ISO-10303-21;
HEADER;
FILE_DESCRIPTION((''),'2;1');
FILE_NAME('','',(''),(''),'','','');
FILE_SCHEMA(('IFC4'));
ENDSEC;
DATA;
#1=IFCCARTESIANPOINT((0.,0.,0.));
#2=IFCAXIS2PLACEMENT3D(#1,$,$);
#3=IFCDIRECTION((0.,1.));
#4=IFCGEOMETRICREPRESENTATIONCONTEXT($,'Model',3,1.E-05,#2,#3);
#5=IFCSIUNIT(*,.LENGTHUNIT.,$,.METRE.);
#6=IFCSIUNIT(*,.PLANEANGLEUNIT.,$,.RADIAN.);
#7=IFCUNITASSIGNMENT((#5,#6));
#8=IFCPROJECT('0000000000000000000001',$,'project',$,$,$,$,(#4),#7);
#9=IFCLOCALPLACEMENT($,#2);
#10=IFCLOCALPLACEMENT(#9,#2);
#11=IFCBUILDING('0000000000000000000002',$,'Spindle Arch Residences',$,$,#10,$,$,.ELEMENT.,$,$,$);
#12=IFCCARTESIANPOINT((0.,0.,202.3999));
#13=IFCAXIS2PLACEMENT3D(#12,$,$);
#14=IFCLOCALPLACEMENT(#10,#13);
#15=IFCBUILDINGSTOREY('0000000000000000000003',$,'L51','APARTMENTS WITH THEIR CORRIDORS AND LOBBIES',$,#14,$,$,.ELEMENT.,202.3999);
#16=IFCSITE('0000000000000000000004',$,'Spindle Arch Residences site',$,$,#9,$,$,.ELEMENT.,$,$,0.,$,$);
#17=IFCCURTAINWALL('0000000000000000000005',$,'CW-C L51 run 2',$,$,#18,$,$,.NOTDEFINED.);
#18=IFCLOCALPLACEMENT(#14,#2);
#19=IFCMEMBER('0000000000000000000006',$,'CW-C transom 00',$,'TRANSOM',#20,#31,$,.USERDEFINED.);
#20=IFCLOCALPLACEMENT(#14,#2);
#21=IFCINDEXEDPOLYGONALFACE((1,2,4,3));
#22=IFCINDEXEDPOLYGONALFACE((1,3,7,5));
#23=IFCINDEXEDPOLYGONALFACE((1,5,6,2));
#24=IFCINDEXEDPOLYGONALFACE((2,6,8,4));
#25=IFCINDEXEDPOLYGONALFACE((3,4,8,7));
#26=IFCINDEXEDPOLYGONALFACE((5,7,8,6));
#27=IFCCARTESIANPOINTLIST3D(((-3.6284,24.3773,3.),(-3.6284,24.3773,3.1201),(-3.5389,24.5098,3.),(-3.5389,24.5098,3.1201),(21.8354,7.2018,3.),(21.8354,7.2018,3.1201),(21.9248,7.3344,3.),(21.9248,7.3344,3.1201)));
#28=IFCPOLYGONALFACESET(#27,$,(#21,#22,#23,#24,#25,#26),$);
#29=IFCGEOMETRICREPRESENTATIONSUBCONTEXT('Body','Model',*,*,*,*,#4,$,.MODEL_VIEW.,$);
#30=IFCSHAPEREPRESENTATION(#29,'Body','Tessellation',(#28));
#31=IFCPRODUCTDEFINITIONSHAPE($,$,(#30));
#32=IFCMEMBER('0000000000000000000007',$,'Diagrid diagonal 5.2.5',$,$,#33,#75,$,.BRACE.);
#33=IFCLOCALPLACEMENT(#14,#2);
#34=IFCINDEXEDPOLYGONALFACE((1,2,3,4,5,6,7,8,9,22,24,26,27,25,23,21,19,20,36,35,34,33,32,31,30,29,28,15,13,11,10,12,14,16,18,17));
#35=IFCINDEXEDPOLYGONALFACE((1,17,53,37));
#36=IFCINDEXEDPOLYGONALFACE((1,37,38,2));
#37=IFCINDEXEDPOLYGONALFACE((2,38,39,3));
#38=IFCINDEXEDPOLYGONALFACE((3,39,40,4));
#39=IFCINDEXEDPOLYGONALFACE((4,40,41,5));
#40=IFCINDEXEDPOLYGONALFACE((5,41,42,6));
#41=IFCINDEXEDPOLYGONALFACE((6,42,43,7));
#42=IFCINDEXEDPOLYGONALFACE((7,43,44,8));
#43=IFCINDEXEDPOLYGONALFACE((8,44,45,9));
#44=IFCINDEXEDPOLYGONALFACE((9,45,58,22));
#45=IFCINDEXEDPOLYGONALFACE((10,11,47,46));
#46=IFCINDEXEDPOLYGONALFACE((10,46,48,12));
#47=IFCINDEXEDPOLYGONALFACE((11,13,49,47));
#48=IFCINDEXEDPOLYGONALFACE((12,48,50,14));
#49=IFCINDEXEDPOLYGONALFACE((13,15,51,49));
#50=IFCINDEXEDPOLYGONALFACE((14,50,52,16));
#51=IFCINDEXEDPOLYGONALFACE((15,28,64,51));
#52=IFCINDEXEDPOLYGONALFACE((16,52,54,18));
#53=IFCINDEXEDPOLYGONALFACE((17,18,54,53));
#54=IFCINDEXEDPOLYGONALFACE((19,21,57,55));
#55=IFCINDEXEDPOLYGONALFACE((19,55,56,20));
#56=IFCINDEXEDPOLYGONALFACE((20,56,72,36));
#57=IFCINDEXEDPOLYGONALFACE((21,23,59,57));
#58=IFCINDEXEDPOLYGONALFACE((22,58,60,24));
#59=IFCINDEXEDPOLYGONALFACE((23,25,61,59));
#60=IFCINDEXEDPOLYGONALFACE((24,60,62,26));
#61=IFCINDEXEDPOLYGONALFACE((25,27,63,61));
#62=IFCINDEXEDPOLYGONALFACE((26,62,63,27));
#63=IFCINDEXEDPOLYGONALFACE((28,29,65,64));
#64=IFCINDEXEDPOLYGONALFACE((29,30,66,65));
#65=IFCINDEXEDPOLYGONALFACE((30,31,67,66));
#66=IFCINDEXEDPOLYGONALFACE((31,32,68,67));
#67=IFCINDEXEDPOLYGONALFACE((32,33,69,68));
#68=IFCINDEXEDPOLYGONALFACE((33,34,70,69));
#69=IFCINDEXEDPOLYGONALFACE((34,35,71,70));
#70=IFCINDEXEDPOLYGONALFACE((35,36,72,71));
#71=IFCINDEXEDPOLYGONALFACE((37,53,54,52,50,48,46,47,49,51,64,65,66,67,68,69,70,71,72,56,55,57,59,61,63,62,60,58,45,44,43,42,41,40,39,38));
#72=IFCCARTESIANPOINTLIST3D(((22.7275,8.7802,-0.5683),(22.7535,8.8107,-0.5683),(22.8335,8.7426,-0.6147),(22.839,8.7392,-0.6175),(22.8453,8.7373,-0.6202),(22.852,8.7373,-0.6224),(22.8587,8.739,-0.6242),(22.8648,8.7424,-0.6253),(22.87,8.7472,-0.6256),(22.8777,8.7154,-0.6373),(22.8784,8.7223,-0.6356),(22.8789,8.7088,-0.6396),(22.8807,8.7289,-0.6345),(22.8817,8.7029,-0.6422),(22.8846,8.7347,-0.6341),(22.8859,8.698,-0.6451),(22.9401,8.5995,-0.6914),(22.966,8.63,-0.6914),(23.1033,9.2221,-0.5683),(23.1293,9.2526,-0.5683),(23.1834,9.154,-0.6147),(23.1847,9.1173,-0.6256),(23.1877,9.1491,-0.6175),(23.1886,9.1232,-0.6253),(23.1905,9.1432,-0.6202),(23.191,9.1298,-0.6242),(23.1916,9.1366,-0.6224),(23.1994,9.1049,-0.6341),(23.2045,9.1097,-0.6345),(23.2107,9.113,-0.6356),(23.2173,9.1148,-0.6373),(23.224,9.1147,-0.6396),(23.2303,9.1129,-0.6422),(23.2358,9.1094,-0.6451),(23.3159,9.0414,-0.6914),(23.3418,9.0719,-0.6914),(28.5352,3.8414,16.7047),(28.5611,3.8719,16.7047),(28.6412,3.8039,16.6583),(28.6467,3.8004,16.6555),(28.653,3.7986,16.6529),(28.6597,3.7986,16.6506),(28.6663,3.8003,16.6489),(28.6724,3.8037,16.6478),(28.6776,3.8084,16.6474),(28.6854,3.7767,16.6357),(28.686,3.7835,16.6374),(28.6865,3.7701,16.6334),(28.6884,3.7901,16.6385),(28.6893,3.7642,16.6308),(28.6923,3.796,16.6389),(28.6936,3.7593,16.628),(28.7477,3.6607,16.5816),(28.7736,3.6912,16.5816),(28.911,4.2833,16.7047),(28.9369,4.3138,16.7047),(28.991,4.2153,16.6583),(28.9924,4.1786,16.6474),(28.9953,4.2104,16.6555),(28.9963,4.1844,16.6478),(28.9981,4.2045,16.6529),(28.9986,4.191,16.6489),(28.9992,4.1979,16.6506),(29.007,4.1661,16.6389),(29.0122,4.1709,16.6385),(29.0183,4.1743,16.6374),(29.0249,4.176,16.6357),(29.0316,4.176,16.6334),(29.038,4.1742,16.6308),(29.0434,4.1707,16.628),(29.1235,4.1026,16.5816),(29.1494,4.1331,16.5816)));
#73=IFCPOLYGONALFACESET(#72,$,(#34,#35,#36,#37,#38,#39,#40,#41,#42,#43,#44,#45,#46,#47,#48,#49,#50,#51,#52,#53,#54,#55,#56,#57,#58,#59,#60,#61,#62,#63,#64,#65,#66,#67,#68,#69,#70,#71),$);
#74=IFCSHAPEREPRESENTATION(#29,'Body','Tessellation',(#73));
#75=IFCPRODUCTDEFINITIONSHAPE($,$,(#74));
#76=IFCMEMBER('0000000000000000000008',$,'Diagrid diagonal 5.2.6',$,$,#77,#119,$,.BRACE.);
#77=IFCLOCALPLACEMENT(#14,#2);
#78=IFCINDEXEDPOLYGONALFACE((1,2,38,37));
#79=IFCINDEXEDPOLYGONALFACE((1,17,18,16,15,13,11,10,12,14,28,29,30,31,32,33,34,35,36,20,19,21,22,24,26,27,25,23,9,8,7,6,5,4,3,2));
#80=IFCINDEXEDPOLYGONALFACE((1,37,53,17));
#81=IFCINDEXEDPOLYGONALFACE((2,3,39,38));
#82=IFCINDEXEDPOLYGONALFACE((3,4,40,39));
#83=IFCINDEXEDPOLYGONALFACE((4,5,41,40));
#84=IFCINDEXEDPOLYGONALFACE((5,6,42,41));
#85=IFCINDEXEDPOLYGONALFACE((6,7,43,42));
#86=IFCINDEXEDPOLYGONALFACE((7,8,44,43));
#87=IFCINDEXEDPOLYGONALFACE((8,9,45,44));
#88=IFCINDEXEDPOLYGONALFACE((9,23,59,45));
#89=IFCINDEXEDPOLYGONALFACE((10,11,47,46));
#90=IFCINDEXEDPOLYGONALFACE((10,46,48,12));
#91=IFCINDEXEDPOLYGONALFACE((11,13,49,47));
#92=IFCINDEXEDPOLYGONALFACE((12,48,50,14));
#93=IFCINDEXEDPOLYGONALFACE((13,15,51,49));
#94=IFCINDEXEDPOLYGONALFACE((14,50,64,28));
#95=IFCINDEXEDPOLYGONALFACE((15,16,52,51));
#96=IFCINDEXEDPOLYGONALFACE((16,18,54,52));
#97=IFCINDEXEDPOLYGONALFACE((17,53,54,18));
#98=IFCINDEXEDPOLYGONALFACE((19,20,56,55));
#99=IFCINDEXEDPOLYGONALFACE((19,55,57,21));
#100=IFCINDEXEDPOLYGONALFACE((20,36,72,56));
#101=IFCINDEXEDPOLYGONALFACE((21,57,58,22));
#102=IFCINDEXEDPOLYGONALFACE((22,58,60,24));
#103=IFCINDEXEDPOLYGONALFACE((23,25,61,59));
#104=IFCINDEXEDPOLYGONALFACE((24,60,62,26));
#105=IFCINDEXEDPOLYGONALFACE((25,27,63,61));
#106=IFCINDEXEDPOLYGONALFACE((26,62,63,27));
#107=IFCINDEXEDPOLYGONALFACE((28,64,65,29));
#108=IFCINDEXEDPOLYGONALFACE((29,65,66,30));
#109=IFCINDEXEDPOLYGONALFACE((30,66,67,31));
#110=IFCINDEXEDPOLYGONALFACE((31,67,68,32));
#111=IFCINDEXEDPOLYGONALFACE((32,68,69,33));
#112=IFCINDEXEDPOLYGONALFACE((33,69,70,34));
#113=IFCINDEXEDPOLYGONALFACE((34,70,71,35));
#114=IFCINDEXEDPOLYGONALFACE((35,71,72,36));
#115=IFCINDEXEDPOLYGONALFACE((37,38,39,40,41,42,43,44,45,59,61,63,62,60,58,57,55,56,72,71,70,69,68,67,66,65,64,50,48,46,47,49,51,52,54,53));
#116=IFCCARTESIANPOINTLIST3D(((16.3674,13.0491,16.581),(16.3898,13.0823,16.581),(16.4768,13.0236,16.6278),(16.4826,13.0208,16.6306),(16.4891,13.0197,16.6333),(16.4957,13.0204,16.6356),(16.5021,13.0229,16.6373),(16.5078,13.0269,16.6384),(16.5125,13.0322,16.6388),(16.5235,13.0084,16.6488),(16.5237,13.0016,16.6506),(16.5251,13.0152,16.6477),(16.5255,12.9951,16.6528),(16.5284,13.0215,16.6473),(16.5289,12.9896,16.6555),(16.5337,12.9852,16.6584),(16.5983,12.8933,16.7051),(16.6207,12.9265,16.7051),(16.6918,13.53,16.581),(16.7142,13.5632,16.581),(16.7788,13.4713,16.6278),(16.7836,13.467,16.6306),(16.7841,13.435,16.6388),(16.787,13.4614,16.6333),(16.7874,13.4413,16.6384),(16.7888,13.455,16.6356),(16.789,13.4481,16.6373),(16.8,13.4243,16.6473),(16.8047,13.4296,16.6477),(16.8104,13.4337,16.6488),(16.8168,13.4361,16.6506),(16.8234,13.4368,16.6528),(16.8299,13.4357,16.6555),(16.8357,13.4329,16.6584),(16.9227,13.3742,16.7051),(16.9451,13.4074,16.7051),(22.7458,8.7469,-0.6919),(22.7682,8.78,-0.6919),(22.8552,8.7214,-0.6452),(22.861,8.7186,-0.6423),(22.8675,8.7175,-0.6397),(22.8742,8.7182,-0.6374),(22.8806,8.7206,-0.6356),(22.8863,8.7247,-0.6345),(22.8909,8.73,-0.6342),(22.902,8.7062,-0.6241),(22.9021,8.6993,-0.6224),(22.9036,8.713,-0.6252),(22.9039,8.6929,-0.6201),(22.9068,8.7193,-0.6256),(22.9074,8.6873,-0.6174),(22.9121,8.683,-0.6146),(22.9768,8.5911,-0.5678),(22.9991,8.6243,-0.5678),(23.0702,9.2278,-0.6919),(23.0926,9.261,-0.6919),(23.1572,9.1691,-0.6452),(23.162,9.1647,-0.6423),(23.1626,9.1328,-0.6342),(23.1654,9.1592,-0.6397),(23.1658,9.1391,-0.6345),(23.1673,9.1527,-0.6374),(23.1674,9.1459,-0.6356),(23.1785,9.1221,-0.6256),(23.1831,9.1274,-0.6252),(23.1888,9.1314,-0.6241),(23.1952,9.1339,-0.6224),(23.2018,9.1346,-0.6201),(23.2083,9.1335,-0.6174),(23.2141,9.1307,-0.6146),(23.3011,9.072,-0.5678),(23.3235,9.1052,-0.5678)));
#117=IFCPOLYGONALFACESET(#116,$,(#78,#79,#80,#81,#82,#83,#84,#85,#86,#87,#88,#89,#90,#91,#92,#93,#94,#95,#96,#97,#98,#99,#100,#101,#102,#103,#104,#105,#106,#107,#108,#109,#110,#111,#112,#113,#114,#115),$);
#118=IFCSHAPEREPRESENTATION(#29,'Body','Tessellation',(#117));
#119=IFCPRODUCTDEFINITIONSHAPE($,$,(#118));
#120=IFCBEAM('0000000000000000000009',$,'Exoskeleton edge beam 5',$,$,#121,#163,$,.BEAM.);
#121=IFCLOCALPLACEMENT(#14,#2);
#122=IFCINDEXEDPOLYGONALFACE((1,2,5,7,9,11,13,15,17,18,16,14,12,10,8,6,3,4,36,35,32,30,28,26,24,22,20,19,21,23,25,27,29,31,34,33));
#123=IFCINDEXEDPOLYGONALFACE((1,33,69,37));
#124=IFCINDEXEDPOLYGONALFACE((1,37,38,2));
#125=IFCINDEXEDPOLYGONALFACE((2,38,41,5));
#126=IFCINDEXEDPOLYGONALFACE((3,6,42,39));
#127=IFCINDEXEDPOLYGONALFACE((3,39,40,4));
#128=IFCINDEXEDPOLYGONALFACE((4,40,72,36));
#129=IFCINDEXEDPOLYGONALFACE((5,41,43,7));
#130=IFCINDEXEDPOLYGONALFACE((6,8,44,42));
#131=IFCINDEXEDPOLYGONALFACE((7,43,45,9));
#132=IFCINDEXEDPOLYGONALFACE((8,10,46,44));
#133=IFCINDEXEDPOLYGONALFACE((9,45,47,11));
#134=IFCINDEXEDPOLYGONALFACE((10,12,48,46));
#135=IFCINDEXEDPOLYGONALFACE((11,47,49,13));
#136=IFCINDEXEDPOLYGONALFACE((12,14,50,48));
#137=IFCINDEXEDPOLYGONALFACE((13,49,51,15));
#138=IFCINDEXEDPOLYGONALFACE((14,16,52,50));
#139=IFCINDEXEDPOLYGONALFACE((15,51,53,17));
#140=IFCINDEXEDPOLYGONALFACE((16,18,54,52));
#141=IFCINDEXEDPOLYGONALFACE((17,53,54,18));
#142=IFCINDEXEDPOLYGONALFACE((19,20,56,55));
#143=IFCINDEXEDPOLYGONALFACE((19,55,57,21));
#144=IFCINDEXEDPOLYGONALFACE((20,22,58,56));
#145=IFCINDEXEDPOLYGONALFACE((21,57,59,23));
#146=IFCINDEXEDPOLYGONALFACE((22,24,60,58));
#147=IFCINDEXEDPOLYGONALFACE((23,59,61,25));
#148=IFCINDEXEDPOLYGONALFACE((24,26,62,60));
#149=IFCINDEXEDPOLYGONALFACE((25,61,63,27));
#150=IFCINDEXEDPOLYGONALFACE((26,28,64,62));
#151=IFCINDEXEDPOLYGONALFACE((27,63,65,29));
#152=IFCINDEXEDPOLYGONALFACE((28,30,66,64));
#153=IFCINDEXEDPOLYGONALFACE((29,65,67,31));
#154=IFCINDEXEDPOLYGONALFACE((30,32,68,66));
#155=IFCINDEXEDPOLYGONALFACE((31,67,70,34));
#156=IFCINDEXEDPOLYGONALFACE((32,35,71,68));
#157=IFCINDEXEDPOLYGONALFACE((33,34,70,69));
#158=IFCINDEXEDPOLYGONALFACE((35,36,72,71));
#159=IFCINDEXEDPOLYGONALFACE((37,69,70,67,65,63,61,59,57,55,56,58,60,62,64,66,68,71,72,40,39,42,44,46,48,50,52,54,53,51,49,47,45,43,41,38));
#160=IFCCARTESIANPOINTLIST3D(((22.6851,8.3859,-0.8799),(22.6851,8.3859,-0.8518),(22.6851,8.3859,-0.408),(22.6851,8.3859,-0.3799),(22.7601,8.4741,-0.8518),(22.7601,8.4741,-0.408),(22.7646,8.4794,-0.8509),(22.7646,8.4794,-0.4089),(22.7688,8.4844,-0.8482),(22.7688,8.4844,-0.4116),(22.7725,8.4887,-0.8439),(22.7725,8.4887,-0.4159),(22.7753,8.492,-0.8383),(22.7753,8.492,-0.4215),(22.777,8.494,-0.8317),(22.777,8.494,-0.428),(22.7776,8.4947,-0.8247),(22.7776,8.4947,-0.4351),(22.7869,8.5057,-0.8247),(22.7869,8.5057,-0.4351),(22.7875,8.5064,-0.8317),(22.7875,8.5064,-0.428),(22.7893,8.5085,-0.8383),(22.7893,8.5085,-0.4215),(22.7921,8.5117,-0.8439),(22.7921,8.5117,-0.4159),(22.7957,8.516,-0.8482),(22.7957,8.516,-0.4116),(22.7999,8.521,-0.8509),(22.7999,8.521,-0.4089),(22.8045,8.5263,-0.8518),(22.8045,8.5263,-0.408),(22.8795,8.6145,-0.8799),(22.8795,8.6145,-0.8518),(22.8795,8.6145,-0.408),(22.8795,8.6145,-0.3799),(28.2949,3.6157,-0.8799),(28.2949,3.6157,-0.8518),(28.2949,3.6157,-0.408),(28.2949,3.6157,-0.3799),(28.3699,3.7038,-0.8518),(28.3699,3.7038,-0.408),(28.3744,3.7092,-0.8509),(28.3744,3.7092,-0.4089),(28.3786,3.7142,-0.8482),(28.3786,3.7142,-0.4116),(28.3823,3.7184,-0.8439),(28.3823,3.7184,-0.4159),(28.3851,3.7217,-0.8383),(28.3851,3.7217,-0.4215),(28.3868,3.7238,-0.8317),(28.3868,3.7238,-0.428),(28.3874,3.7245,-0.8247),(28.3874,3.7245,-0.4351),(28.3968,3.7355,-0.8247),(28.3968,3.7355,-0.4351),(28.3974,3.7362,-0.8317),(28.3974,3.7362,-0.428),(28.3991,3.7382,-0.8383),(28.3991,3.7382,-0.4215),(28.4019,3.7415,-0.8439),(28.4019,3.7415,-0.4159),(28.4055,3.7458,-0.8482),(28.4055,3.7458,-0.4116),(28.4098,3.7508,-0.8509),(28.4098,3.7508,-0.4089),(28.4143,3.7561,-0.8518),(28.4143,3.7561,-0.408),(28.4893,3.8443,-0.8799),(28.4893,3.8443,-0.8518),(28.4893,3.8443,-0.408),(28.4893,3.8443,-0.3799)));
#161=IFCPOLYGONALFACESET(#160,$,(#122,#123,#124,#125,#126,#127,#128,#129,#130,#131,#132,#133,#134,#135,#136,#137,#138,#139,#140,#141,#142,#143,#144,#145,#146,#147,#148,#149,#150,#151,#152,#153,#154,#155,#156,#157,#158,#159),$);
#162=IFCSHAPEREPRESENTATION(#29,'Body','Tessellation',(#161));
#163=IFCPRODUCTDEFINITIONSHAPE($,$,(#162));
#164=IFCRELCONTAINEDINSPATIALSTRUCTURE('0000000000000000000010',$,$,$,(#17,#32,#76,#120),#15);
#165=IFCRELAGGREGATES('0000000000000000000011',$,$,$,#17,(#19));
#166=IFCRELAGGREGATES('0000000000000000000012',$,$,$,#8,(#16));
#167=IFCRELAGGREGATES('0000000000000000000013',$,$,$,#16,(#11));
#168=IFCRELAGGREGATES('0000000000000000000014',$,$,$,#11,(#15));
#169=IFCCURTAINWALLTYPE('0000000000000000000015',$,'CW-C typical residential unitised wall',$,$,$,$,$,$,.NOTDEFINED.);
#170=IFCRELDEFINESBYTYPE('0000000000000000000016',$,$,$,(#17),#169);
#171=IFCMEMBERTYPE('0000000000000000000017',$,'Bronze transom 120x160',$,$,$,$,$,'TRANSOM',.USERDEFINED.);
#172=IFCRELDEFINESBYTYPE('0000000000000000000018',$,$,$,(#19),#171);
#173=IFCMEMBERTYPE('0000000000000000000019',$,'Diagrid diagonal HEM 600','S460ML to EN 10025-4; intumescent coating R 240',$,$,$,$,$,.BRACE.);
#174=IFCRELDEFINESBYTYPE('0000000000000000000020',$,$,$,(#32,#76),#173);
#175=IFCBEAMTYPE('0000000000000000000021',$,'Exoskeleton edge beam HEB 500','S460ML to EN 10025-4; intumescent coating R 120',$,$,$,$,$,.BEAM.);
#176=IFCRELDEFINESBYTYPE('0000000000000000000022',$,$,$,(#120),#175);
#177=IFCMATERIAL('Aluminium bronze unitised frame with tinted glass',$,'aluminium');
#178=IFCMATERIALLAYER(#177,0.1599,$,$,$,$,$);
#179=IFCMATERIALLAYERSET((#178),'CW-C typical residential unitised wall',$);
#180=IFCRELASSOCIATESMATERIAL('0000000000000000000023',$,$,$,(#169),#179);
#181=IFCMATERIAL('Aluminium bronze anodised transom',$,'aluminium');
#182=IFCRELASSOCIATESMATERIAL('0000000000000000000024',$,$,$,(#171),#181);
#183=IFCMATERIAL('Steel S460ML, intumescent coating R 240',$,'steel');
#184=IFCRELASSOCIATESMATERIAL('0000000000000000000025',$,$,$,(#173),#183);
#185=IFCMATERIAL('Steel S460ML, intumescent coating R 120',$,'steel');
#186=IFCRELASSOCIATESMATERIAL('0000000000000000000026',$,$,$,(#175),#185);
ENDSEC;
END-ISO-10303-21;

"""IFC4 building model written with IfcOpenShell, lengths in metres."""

from ifc_helpers import new_model, si_unit, direction, frame, origin, origin_2d, place, context, subcontext, project, spatial, rectangle, i_section, extrude, material, layer, layer_set, material_profile, profile_set, type_object, element, aggregate, save


model = new_model("IFC4")

# Units and contexts
model_context = context("Model", 3, precision=1e-05, world=origin(), true_north=direction((0.0, 1.0)))
body_context = subcontext(model_context, "Body", "Model", "MODEL_VIEW")
ifc_project = project(units=[si_unit("LENGTHUNIT", "METRE"), si_unit("PLANEANGLEUNIT", "RADIAN")], contexts=[model_context])

# Site, building, storey
site_placement = place(None, origin())
site = spatial("IfcSite", under=ifc_project, at=site_placement, Name="Spindle Arch Residences site", CompositionType="ELEMENT", RefElevation=0.0)
building_placement = place(site_placement, origin())
building = spatial("IfcBuilding", under=site, at=building_placement, Name="Spindle Arch Residences", CompositionType="ELEMENT")
storey_placement = place(building_placement, frame((0.0, 0.0, 202.3999)))
storey = spatial("IfcBuildingStorey", under=building, at=storey_placement, Name="L51", Description="APARTMENTS WITH THEIR CORRIDORS AND LOBBIES", CompositionType="ELEMENT", Elevation=202.3999)

# Curtain wall
ifc_material_1 = material(Name="Aluminium bronze unitised frame with tinted glass", Category="aluminium")
ifc_layer_1 = layer(ifc_material_1, 0.1599)
ifc_layer_set_1 = layer_set([ifc_layer_1], Name="CW-C typical residential unitised wall")
curtain_wall_type_1 = type_object("IfcCurtainWallType", Name="CW-C typical residential unitised wall", PredefinedType="NOTDEFINED", material=ifc_layer_set_1)
curtain_wall_1_placement = place(storey_placement, origin())
curtain_wall_1 = element("IfcCurtainWall", 1, at=curtain_wall_1_placement, inside=storey, type_object=curtain_wall_type_1, Name="CW-C L51 run 2", PredefinedType="NOTDEFINED")

# Member
ifc_material_2 = material(Name="Aluminium bronze anodised transom", Category="aluminium")
ifc_material_profile_1 = material_profile(ifc_material_2, rectangle(XDim=0.1599, YDim=0.1201, at=origin_2d()), Name="TR 120x160")
ifc_profile_set_1 = profile_set([ifc_material_profile_1], Name="Aluminium bronze anodised transom")
member_type_1 = type_object("IfcMemberType", Name="Bronze transom 120x160", ElementType="TRANSOM", PredefinedType="USERDEFINED", material=ifc_profile_set_1)
member_1_placement = place(storey_placement, frame((21.8801, 7.2681, 3.0601), z_axis=(-0.829038, 0.559192, 0.0), x_axis=(-0.559192, -0.829038, 0.0)))
member_1 = element("IfcMember", 2, at=member_1_placement, type_object=member_type_1, Name="CW-C transom 00", ObjectType="TRANSOM", PredefinedType="USERDEFINED", context=body_context, shape_type="SweptSolid", body=[
    extrude(rectangle(XDim=0.1599, YDim=0.1201, at=origin_2d()), origin(), (0.0, 0.0, 1.0), 30.7148),
])

# Members
ifc_material_3 = material(Name="Steel S460ML, intumescent coating R 240", Category="steel")
ifc_material_profile_2 = material_profile(ifc_material_3, i_section(OverallWidth=0.3049, OverallDepth=0.6201, WebThickness=0.021, FlangeThickness=0.04, FilletRadius=0.0271, at=origin_2d()), Name="HEM 600")
ifc_profile_set_2 = profile_set([ifc_material_profile_2], Name="Steel S460ML, intumescent coating R 240")
member_type_2 = type_object("IfcMemberType", Name="Diagrid diagonal HEM 600", Description="S460ML to EN 10025-4; intumescent coating R 240", PredefinedType="BRACE", material=ifc_profile_set_2)
member_2_placement = place(storey_placement, frame((23.0347, 8.926, -0.6299), z_axis=(0.307598, -0.261578, 0.914855), x_axis=(-0.696931, 0.592661, 0.403782)))
element("IfcMember", 3, at=member_2_placement, inside=storey, type_object=member_type_2, Name="Diagrid diagonal 5.2.5", PredefinedType="BRACE", context=body_context, shape_type="SweptSolid", body=[
    extrude(i_section(OverallWidth=0.3049, OverallDepth=0.6201, WebThickness=0.021, FlangeThickness=0.04, FilletRadius=0.0271, at=origin_2d()), origin(), (0.0, 0.0, 1.0), 18.8806),
])
member_3_placement = place(storey_placement, frame((23.0347, 8.926, -0.6299), z_axis=(-0.337323, 0.227524, 0.91348), x_axis=(0.757312, -0.510807, 0.406883)))
element("IfcMember", 4, at=member_3_placement, inside=storey, type_object=member_type_2, Name="Diagrid diagonal 5.2.6", PredefinedType="BRACE", context=body_context, shape_type="SweptSolid", body=[
    extrude(i_section(OverallWidth=0.3049, OverallDepth=0.6201, WebThickness=0.021, FlangeThickness=0.04, FilletRadius=0.0271, at=origin_2d()), origin(), (0.0, 0.0, 1.0), 18.9089),
])

# Beam
ifc_material_4 = material(Name="Steel S460ML, intumescent coating R 120", Category="steel")
ifc_material_profile_3 = material_profile(ifc_material_4, i_section(OverallWidth=0.3, OverallDepth=0.5, WebThickness=0.0144, FlangeThickness=0.0281, FilletRadius=0.0271, at=origin_2d()), Name="HEB 500")
ifc_profile_set_3 = profile_set([ifc_material_profile_3], Name="Steel S460ML, intumescent coating R 120")
beam_type_1 = type_object("IfcBeamType", Name="Exoskeleton edge beam HEB 500", Description="S460ML to EN 10025-4; intumescent coating R 120", PredefinedType="BEAM", material=ifc_profile_set_3)
beam_1_placement = place(storey_placement, frame((28.3921, 3.73, -0.6299), z_axis=(-0.761813, 0.647797, 0.0), x_axis=(-0.647797, -0.761813, 0.0)))
element("IfcBeam", 5, at=beam_1_placement, inside=storey, type_object=beam_type_1, Name="Exoskeleton edge beam 5", PredefinedType="BEAM", context=body_context, shape_type="SweptSolid", body=[
    extrude(i_section(OverallWidth=0.3, OverallDepth=0.5, WebThickness=0.0144, FlangeThickness=0.0281, FilletRadius=0.0271, at=origin_2d()), origin(), (0.0, 0.0, 1.0), 7.3638),
])

aggregate(curtain_wall_1, [member_1])

save(model, "model.ifc")
